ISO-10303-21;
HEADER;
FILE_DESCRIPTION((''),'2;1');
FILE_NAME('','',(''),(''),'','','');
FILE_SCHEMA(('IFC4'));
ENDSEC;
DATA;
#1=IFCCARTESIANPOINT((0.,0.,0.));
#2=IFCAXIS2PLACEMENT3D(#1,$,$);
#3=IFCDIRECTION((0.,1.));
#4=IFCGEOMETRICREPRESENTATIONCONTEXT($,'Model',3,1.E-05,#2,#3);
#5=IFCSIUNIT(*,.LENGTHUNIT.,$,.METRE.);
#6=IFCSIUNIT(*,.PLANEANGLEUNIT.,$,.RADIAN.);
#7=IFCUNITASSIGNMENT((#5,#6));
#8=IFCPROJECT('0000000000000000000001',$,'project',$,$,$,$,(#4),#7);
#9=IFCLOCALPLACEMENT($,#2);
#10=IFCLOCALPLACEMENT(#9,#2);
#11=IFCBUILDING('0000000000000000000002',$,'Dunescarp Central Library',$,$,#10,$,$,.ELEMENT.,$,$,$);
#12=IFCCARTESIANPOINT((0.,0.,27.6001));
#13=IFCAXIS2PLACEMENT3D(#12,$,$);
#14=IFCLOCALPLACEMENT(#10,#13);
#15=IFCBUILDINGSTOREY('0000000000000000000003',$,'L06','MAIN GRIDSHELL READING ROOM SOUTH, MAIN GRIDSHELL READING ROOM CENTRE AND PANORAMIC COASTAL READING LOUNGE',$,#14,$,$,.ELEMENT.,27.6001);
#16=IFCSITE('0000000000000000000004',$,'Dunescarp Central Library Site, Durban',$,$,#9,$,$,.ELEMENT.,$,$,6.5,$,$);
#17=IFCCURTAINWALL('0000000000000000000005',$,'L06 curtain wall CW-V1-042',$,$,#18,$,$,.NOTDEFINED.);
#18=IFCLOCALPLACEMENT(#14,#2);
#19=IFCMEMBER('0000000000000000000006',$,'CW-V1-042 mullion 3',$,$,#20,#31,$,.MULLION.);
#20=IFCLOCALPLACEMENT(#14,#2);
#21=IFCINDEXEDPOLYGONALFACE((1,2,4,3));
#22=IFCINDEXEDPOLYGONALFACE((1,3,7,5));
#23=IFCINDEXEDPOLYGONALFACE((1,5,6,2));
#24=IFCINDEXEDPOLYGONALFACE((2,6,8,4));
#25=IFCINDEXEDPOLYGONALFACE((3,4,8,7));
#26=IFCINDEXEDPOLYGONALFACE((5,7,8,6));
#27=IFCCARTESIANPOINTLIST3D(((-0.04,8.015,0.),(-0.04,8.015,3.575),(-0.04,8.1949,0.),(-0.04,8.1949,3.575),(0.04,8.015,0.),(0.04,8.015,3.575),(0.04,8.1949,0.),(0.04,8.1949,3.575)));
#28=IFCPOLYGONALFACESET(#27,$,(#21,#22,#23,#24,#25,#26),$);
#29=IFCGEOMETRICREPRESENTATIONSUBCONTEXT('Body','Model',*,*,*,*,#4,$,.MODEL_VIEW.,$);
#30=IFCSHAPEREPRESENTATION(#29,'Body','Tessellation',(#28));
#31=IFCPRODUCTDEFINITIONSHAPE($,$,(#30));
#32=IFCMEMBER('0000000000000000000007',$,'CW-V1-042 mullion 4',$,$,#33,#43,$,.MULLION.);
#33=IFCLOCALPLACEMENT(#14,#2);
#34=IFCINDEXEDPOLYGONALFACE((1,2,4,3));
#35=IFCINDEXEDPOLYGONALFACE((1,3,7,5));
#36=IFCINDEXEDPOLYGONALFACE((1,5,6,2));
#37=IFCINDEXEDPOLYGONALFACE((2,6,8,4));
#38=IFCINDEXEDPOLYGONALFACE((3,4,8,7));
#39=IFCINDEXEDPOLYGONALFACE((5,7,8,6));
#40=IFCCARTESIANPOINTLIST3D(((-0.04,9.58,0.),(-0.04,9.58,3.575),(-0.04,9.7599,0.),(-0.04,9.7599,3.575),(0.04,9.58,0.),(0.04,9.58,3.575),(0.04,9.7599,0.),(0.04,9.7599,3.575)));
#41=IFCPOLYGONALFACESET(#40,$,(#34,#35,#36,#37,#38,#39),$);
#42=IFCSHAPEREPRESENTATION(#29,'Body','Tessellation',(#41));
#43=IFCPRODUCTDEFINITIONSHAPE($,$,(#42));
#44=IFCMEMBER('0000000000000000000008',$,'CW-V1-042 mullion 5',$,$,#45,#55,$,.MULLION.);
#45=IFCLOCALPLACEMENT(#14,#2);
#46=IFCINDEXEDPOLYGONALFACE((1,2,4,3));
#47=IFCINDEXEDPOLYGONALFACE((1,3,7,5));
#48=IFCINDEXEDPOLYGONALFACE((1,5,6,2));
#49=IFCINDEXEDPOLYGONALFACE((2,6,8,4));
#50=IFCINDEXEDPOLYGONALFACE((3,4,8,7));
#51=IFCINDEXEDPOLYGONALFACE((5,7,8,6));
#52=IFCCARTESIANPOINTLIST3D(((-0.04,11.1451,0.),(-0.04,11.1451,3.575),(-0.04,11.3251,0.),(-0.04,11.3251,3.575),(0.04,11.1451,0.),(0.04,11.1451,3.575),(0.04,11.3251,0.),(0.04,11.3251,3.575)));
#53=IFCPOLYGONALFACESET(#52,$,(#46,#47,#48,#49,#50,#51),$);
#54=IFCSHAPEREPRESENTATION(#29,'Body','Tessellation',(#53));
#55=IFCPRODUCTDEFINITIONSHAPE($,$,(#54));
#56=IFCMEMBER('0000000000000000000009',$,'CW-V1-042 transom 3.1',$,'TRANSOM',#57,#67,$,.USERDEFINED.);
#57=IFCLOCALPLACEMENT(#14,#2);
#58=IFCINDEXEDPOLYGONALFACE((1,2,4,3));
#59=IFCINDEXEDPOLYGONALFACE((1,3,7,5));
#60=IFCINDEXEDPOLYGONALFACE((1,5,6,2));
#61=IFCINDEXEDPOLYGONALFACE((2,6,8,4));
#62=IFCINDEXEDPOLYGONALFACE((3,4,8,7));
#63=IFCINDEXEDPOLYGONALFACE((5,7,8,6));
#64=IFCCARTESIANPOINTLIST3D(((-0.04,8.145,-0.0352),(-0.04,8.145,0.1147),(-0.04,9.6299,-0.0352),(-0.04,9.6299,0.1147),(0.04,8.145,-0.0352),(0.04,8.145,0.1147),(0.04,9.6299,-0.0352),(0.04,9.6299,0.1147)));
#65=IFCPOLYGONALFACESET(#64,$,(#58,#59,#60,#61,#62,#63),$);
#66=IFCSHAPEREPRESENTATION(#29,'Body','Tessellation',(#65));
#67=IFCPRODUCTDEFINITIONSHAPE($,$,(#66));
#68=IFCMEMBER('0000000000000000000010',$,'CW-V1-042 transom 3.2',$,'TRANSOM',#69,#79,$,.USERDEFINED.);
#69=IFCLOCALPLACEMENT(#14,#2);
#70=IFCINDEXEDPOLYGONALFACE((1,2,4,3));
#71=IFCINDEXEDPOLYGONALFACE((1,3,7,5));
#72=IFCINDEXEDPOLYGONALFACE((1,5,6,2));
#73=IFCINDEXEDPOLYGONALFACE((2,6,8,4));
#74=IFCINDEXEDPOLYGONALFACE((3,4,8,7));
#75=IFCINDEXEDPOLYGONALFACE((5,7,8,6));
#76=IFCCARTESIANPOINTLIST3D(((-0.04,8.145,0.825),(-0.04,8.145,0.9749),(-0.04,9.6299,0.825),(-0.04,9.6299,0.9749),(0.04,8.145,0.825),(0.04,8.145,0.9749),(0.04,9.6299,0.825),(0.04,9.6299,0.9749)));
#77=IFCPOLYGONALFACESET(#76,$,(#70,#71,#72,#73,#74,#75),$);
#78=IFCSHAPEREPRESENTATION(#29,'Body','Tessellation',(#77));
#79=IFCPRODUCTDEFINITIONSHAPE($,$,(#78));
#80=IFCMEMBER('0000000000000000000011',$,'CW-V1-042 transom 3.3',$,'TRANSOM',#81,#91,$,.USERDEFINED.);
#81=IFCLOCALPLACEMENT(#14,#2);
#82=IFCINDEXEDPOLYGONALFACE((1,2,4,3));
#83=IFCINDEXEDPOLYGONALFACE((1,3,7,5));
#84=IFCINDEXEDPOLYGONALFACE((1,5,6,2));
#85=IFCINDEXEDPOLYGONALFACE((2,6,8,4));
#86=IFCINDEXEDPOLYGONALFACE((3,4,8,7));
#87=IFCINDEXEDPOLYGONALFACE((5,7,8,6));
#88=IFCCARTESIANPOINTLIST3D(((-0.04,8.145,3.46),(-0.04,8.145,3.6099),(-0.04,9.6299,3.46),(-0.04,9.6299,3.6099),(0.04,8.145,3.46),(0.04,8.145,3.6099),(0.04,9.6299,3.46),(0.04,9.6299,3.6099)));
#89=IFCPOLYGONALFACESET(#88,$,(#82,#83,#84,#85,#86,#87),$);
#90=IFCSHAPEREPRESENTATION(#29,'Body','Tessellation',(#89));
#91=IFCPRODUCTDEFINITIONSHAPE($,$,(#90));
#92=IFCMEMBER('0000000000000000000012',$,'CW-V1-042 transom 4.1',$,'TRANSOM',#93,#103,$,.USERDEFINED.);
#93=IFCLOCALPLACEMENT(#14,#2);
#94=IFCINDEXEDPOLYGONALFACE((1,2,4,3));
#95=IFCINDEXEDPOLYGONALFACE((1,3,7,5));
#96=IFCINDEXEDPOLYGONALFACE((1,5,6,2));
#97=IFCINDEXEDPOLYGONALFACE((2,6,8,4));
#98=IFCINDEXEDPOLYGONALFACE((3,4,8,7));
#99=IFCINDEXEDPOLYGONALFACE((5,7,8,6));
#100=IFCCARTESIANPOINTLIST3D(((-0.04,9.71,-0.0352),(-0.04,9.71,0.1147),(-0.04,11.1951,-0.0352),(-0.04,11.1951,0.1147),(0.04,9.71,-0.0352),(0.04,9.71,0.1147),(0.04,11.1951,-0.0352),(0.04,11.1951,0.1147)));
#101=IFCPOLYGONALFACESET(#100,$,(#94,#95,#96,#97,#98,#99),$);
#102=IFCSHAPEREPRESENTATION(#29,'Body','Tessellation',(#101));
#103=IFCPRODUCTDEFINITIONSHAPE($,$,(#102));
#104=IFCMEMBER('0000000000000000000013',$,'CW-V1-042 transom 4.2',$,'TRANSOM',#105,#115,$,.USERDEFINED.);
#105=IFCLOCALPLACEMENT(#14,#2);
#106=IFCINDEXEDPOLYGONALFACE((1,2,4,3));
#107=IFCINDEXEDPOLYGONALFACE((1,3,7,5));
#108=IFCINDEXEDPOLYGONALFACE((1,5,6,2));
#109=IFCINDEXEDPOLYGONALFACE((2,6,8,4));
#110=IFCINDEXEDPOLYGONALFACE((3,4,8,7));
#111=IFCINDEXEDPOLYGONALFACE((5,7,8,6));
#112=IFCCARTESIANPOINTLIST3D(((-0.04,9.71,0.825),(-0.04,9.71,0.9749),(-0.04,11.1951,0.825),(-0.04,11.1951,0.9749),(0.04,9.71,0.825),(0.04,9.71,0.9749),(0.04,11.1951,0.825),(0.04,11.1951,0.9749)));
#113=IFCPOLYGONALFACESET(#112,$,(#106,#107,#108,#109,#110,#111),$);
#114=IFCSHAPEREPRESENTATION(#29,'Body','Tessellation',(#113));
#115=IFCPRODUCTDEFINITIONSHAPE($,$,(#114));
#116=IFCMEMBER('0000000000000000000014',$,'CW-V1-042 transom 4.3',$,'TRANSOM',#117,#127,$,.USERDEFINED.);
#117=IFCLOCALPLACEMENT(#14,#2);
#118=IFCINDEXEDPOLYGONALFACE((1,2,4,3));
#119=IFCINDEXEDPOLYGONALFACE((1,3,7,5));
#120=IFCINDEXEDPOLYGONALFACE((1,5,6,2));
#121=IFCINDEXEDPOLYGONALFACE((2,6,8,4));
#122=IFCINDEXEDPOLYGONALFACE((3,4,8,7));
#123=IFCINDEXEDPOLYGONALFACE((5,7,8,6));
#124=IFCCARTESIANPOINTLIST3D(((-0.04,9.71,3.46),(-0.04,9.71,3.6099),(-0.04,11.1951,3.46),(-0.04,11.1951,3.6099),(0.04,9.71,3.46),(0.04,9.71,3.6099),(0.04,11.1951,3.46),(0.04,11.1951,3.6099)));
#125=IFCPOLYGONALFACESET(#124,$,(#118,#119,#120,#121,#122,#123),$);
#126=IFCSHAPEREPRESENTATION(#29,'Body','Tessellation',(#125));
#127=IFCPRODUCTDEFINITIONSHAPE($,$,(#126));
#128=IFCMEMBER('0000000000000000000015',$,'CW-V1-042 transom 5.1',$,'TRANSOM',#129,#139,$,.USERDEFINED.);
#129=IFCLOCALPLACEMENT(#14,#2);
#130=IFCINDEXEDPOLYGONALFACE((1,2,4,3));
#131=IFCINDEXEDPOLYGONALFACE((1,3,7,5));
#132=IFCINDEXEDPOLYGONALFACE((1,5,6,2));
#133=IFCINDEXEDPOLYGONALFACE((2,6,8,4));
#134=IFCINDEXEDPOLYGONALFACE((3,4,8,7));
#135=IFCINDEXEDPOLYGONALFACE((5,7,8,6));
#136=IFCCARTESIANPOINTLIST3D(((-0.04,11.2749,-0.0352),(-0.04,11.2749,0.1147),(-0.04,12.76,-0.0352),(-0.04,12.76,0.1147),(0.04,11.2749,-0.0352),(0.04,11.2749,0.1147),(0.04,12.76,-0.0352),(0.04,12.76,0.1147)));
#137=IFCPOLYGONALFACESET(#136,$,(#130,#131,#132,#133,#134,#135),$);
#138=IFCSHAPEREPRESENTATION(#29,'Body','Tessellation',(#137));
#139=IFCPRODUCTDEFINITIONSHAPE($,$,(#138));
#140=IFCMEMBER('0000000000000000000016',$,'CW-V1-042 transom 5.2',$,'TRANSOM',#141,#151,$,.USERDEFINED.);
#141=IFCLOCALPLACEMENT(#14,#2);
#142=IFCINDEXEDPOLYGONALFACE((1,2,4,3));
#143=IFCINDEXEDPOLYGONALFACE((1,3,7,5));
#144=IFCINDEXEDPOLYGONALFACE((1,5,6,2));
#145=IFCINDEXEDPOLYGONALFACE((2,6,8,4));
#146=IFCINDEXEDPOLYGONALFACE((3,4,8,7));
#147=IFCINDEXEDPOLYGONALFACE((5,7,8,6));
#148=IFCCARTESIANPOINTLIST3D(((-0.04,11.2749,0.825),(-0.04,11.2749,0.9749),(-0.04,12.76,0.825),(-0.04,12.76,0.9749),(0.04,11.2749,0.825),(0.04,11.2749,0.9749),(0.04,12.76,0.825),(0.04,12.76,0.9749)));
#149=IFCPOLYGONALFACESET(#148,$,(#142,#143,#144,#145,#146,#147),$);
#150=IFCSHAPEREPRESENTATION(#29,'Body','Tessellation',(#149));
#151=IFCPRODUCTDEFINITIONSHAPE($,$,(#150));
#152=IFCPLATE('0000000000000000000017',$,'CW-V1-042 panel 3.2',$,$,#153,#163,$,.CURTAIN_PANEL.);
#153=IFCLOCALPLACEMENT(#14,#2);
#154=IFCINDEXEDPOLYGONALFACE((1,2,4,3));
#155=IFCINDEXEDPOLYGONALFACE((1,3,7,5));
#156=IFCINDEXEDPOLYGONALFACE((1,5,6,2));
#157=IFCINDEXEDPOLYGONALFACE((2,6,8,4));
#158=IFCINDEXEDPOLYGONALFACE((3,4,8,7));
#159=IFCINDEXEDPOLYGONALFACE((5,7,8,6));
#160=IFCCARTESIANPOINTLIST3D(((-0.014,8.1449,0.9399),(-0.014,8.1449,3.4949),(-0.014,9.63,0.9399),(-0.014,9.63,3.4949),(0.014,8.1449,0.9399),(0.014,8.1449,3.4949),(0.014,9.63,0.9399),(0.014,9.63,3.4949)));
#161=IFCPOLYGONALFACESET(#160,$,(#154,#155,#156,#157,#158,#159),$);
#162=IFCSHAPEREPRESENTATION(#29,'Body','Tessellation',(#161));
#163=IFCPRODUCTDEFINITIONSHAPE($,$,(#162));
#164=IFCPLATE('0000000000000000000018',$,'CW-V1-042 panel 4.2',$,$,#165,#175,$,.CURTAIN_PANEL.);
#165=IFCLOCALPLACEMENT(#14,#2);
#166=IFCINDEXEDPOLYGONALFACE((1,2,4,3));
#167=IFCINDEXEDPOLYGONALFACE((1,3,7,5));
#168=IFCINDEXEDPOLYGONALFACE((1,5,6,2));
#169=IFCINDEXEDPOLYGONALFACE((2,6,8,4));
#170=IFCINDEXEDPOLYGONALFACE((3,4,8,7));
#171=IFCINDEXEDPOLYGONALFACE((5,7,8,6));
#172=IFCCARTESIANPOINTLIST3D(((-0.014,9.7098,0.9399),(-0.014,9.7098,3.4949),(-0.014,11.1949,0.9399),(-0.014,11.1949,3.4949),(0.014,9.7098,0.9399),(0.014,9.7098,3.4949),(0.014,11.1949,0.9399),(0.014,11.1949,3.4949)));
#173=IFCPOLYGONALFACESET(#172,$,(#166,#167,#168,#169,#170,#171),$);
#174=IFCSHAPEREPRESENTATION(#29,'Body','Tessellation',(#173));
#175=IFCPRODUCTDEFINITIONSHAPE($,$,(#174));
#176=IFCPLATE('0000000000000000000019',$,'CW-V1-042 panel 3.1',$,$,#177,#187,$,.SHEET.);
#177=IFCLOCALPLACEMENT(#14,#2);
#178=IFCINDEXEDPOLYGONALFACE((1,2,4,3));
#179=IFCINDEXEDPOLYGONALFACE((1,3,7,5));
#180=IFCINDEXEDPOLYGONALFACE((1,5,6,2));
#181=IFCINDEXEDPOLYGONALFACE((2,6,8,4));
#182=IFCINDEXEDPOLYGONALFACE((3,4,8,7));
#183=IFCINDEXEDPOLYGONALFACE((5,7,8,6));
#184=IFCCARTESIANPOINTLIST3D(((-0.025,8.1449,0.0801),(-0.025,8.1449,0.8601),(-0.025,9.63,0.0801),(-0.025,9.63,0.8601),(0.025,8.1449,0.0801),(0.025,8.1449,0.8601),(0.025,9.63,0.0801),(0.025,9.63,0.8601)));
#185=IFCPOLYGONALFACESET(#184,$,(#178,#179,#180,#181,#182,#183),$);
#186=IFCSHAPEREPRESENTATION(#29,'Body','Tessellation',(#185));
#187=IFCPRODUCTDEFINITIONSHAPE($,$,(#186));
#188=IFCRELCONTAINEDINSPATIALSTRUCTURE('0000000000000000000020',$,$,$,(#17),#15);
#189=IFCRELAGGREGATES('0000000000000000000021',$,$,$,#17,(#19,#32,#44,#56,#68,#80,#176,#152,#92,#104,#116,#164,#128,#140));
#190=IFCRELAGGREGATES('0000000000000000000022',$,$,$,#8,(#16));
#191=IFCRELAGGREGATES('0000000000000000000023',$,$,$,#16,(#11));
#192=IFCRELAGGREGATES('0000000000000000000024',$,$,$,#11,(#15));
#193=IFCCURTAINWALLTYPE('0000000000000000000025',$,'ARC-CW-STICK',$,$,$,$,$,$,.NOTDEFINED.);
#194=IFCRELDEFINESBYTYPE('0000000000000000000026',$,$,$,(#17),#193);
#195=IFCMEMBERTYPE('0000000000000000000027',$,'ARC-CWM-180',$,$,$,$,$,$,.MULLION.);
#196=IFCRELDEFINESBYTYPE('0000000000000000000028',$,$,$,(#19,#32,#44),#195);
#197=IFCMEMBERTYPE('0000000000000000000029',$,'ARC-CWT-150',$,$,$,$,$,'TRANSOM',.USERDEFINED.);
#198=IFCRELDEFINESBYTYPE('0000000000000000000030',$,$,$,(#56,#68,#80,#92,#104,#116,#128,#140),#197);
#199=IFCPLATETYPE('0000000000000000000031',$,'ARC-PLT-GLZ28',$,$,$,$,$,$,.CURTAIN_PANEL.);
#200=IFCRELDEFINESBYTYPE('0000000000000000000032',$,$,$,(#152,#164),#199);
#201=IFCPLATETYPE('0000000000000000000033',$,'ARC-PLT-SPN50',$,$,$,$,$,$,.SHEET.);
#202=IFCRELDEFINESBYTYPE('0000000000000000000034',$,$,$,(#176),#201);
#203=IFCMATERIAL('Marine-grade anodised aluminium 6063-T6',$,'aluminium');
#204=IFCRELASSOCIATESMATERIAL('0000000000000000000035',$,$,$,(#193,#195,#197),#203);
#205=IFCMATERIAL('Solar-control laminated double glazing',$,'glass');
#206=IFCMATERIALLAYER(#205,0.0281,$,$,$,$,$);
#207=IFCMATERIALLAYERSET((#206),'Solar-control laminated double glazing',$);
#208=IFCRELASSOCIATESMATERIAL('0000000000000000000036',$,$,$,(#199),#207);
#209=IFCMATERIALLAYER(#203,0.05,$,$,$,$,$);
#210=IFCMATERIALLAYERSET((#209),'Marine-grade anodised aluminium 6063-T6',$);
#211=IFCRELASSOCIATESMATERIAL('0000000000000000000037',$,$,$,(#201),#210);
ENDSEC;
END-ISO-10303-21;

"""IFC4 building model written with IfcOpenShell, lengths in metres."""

from ifc_helpers import new_model, si_unit, direction, frame, origin, origin_2d, place, context, subcontext, project, spatial, rectangle, extrude, material, layer, layer_set, material_profile, profile_set, type_object, element, aggregate, save


model = new_model("IFC4")

# Units and contexts
model_context = context("Model", 3, precision=1e-05, world=origin(), true_north=direction((0.0, 1.0)))
body_context = subcontext(model_context, "Body", "Model", "MODEL_VIEW")
ifc_project = project(units=[si_unit("LENGTHUNIT", "METRE"), si_unit("PLANEANGLEUNIT", "RADIAN")], contexts=[model_context])

# Site, building, storey
site_placement = place(None, origin())
site = spatial("IfcSite", under=ifc_project, at=site_placement, Name="Dunescarp Central Library Site, Durban", CompositionType="ELEMENT", RefElevation=6.5)
building_placement = place(site_placement, origin())
building = spatial("IfcBuilding", under=site, at=building_placement, Name="Dunescarp Central Library", CompositionType="ELEMENT")
storey_placement = place(building_placement, frame((0.0, 0.0, 27.6001)))
storey = spatial("IfcBuildingStorey", under=building, at=storey_placement, Name="L06", Description="MAIN GRIDSHELL READING ROOM SOUTH, MAIN GRIDSHELL READING ROOM CENTRE AND PANORAMIC COASTAL READING LOUNGE", CompositionType="ELEMENT", Elevation=27.6001)

# Curtain wall, members, plates
ifc_material_1 = material(Name="Marine-grade anodised aluminium 6063-T6", Category="aluminium")
curtain_wall_type = type_object("IfcCurtainWallType", Name="ARC-CW-STICK", PredefinedType="NOTDEFINED", material=ifc_material_1)
curtain_wall_placement = place(storey_placement, origin())
curtain_wall = element("IfcCurtainWall", 1, at=curtain_wall_placement, inside=storey, type_object=curtain_wall_type, Name="L06 curtain wall CW-V1-042", PredefinedType="NOTDEFINED")
ifc_material_profile_1 = material_profile(ifc_material_1, rectangle(XDim=0.0801, YDim=0.1799, at=origin_2d()), Name="AL 80x180")
ifc_profile_set_1 = profile_set([ifc_material_profile_1], Name="Marine-grade anodised aluminium 6063-T6")
member_type_1 = type_object("IfcMemberType", Name="ARC-CWM-180", PredefinedType="MULLION", material=ifc_profile_set_1)
member_1_placement = place(storey_placement, frame((0.0, 8.105, 0.0), z_axis=(0.0, 0.0, 1.0), x_axis=(-1.0, 0.0, 0.0)))
member_1 = element("IfcMember", 2, at=member_1_placement, type_object=member_type_1, Name="CW-V1-042 mullion 3", PredefinedType="MULLION", context=body_context, shape_type="SweptSolid", body=[
    extrude(rectangle(XDim=0.0801, YDim=0.1799, at=origin_2d()), origin(), (0.0, 0.0, 1.0), 3.575),
])
member_2_placement = place(storey_placement, frame((0.0, 9.6699, 0.0), z_axis=(0.0, 0.0, 1.0), x_axis=(-1.0, 0.0, 0.0)))
member_2 = element("IfcMember", 3, at=member_2_placement, type_object=member_type_1, Name="CW-V1-042 mullion 4", PredefinedType="MULLION", context=body_context, shape_type="SweptSolid", body=[
    extrude(rectangle(XDim=0.0801, YDim=0.1799, at=origin_2d()), origin(), (0.0, 0.0, 1.0), 3.575),
])
member_3_placement = place(storey_placement, frame((0.0, 11.2351, 0.0), z_axis=(0.0, 0.0, 1.0), x_axis=(-1.0, 0.0, 0.0)))
member_3 = element("IfcMember", 4, at=member_3_placement, type_object=member_type_1, Name="CW-V1-042 mullion 5", PredefinedType="MULLION", context=body_context, shape_type="SweptSolid", body=[
    extrude(rectangle(XDim=0.0801, YDim=0.1799, at=origin_2d()), origin(), (0.0, 0.0, 1.0), 3.575),
])
ifc_material_profile_2 = material_profile(ifc_material_1, rectangle(XDim=0.0801, YDim=0.1499, at=origin_2d()), Name="AL 80x150")
ifc_profile_set_2 = profile_set([ifc_material_profile_2], Name="Marine-grade anodised aluminium 6063-T6")
member_type_2 = type_object("IfcMemberType", Name="ARC-CWT-150", ElementType="TRANSOM", PredefinedType="USERDEFINED", material=ifc_profile_set_2)
member_4_placement = place(storey_placement, frame((0.0, 8.145, 0.0398), z_axis=(0.0, 1.0, 0.0), x_axis=(-1.0, 0.0, 0.0)))
member_4 = element("IfcMember", 5, at=member_4_placement, type_object=member_type_2, Name="CW-V1-042 transom 3.1", ObjectType="TRANSOM", PredefinedType="USERDEFINED", context=body_context, shape_type="SweptSolid", body=[
    extrude(rectangle(XDim=0.0801, YDim=0.1499, at=origin_2d()), origin(), (0.0, 0.0, 1.0), 1.4849),
])
member_5_placement = place(storey_placement, frame((0.0, 8.145, 0.8999), z_axis=(0.0, 1.0, 0.0), x_axis=(-1.0, 0.0, 0.0)))
member_5 = element("IfcMember", 6, at=member_5_placement, type_object=member_type_2, Name="CW-V1-042 transom 3.2", ObjectType="TRANSOM", PredefinedType="USERDEFINED", context=body_context, shape_type="SweptSolid", body=[
    extrude(rectangle(XDim=0.0801, YDim=0.1499, at=origin_2d()), origin(), (0.0, 0.0, 1.0), 1.4849),
])
member_6_placement = place(storey_placement, frame((0.0, 8.145, 3.5349), z_axis=(0.0, 1.0, 0.0), x_axis=(-1.0, 0.0, 0.0)))
member_6 = element("IfcMember", 7, at=member_6_placement, type_object=member_type_2, Name="CW-V1-042 transom 3.3", ObjectType="TRANSOM", PredefinedType="USERDEFINED", context=body_context, shape_type="SweptSolid", body=[
    extrude(rectangle(XDim=0.0801, YDim=0.1499, at=origin_2d()), origin(), (0.0, 0.0, 1.0), 1.4849),
])
member_7_placement = place(storey_placement, frame((0.0, 9.71, 0.0398), z_axis=(0.0, 1.0, 0.0), x_axis=(-1.0, 0.0, 0.0)))
member_7 = element("IfcMember", 8, at=member_7_placement, type_object=member_type_2, Name="CW-V1-042 transom 4.1", ObjectType="TRANSOM", PredefinedType="USERDEFINED", context=body_context, shape_type="SweptSolid", body=[
    extrude(rectangle(XDim=0.0801, YDim=0.1499, at=origin_2d()), origin(), (0.0, 0.0, 1.0), 1.4851),
])
member_8_placement = place(storey_placement, frame((0.0, 9.71, 0.8999), z_axis=(0.0, 1.0, 0.0), x_axis=(-1.0, 0.0, 0.0)))
member_8 = element("IfcMember", 9, at=member_8_placement, type_object=member_type_2, Name="CW-V1-042 transom 4.2", ObjectType="TRANSOM", PredefinedType="USERDEFINED", context=body_context, shape_type="SweptSolid", body=[
    extrude(rectangle(XDim=0.0801, YDim=0.1499, at=origin_2d()), origin(), (0.0, 0.0, 1.0), 1.4851),
])
member_9_placement = place(storey_placement, frame((0.0, 9.71, 3.5349), z_axis=(0.0, 1.0, 0.0), x_axis=(-1.0, 0.0, 0.0)))
member_9 = element("IfcMember", 10, at=member_9_placement, type_object=member_type_2, Name="CW-V1-042 transom 4.3", ObjectType="TRANSOM", PredefinedType="USERDEFINED", context=body_context, shape_type="SweptSolid", body=[
    extrude(rectangle(XDim=0.0801, YDim=0.1499, at=origin_2d()), origin(), (0.0, 0.0, 1.0), 1.4851),
])
member_10_placement = place(storey_placement, frame((0.0, 11.2749, 0.0398), z_axis=(0.0, 1.0, 0.0), x_axis=(-1.0, 0.0, 0.0)))
member_10 = element("IfcMember", 11, at=member_10_placement, type_object=member_type_2, Name="CW-V1-042 transom 5.1", ObjectType="TRANSOM", PredefinedType="USERDEFINED", context=body_context, shape_type="SweptSolid", body=[
    extrude(rectangle(XDim=0.0801, YDim=0.1499, at=origin_2d()), origin(), (0.0, 0.0, 1.0), 1.4851),
])
member_11_placement = place(storey_placement, frame((0.0, 11.2749, 0.8999), z_axis=(0.0, 1.0, 0.0), x_axis=(-1.0, 0.0, 0.0)))
member_11 = element("IfcMember", 12, at=member_11_placement, type_object=member_type_2, Name="CW-V1-042 transom 5.2", ObjectType="TRANSOM", PredefinedType="USERDEFINED", context=body_context, shape_type="SweptSolid", body=[
    extrude(rectangle(XDim=0.0801, YDim=0.1499, at=origin_2d()), origin(), (0.0, 0.0, 1.0), 1.4851),
])
ifc_material_2 = material(Name="Solar-control laminated double glazing", Category="glass")
ifc_layer_1 = layer(ifc_material_2, 0.0281)
ifc_layer_set_1 = layer_set([ifc_layer_1], Name="Solar-control laminated double glazing")
plate_type_1 = type_object("IfcPlateType", Name="ARC-PLT-GLZ28", PredefinedType="CURTAIN_PANEL", material=ifc_layer_set_1)
plate_1_placement = place(storey_placement, frame((0.0, 8.8875, 0.9399), z_axis=(0.0, 0.0, 1.0), x_axis=(0.0, 1.0, 0.0)))
plate_1 = element("IfcPlate", 13, at=plate_1_placement, type_object=plate_type_1, Name="CW-V1-042 panel 3.2", PredefinedType="CURTAIN_PANEL", context=body_context, shape_type="SweptSolid", body=[
    extrude(rectangle(XDim=1.4851, YDim=0.0281, at=origin_2d()), origin(), (0.0, 0.0, 1.0), 2.5549),
])
plate_2_placement = place(storey_placement, frame((0.0, 10.4524, 0.9399), z_axis=(0.0, 0.0, 1.0), x_axis=(0.0, 1.0, 0.0)))
plate_2 = element("IfcPlate", 14, at=plate_2_placement, type_object=plate_type_1, Name="CW-V1-042 panel 4.2", PredefinedType="CURTAIN_PANEL", context=body_context, shape_type="SweptSolid", body=[
    extrude(rectangle(XDim=1.4851, YDim=0.0281, at=origin_2d()), origin(), (0.0, 0.0, 1.0), 2.5549),
])
ifc_layer_2 = layer(ifc_material_1, 0.05)
ifc_layer_set_2 = layer_set([ifc_layer_2], Name="Marine-grade anodised aluminium 6063-T6")
plate_type_2 = type_object("IfcPlateType", Name="ARC-PLT-SPN50", PredefinedType="SHEET", material=ifc_layer_set_2)
plate_3_placement = place(storey_placement, frame((0.0, 8.8875, 0.0801), z_axis=(0.0, 0.0, 1.0), x_axis=(0.0, 1.0, 0.0)))
plate_3 = element("IfcPlate", 15, at=plate_3_placement, type_object=plate_type_2, Name="CW-V1-042 panel 3.1", PredefinedType="SHEET", context=body_context, shape_type="SweptSolid", body=[
    extrude(rectangle(XDim=1.4851, YDim=0.05, at=origin_2d()), origin(), (0.0, 0.0, 1.0), 0.78),
])
aggregate(curtain_wall, [member_1, member_2, member_3, member_4, member_5, member_6, plate_3, plate_1, member_7, member_8, member_9, plate_2, member_10, member_11])

save(model, "model.ifc")
